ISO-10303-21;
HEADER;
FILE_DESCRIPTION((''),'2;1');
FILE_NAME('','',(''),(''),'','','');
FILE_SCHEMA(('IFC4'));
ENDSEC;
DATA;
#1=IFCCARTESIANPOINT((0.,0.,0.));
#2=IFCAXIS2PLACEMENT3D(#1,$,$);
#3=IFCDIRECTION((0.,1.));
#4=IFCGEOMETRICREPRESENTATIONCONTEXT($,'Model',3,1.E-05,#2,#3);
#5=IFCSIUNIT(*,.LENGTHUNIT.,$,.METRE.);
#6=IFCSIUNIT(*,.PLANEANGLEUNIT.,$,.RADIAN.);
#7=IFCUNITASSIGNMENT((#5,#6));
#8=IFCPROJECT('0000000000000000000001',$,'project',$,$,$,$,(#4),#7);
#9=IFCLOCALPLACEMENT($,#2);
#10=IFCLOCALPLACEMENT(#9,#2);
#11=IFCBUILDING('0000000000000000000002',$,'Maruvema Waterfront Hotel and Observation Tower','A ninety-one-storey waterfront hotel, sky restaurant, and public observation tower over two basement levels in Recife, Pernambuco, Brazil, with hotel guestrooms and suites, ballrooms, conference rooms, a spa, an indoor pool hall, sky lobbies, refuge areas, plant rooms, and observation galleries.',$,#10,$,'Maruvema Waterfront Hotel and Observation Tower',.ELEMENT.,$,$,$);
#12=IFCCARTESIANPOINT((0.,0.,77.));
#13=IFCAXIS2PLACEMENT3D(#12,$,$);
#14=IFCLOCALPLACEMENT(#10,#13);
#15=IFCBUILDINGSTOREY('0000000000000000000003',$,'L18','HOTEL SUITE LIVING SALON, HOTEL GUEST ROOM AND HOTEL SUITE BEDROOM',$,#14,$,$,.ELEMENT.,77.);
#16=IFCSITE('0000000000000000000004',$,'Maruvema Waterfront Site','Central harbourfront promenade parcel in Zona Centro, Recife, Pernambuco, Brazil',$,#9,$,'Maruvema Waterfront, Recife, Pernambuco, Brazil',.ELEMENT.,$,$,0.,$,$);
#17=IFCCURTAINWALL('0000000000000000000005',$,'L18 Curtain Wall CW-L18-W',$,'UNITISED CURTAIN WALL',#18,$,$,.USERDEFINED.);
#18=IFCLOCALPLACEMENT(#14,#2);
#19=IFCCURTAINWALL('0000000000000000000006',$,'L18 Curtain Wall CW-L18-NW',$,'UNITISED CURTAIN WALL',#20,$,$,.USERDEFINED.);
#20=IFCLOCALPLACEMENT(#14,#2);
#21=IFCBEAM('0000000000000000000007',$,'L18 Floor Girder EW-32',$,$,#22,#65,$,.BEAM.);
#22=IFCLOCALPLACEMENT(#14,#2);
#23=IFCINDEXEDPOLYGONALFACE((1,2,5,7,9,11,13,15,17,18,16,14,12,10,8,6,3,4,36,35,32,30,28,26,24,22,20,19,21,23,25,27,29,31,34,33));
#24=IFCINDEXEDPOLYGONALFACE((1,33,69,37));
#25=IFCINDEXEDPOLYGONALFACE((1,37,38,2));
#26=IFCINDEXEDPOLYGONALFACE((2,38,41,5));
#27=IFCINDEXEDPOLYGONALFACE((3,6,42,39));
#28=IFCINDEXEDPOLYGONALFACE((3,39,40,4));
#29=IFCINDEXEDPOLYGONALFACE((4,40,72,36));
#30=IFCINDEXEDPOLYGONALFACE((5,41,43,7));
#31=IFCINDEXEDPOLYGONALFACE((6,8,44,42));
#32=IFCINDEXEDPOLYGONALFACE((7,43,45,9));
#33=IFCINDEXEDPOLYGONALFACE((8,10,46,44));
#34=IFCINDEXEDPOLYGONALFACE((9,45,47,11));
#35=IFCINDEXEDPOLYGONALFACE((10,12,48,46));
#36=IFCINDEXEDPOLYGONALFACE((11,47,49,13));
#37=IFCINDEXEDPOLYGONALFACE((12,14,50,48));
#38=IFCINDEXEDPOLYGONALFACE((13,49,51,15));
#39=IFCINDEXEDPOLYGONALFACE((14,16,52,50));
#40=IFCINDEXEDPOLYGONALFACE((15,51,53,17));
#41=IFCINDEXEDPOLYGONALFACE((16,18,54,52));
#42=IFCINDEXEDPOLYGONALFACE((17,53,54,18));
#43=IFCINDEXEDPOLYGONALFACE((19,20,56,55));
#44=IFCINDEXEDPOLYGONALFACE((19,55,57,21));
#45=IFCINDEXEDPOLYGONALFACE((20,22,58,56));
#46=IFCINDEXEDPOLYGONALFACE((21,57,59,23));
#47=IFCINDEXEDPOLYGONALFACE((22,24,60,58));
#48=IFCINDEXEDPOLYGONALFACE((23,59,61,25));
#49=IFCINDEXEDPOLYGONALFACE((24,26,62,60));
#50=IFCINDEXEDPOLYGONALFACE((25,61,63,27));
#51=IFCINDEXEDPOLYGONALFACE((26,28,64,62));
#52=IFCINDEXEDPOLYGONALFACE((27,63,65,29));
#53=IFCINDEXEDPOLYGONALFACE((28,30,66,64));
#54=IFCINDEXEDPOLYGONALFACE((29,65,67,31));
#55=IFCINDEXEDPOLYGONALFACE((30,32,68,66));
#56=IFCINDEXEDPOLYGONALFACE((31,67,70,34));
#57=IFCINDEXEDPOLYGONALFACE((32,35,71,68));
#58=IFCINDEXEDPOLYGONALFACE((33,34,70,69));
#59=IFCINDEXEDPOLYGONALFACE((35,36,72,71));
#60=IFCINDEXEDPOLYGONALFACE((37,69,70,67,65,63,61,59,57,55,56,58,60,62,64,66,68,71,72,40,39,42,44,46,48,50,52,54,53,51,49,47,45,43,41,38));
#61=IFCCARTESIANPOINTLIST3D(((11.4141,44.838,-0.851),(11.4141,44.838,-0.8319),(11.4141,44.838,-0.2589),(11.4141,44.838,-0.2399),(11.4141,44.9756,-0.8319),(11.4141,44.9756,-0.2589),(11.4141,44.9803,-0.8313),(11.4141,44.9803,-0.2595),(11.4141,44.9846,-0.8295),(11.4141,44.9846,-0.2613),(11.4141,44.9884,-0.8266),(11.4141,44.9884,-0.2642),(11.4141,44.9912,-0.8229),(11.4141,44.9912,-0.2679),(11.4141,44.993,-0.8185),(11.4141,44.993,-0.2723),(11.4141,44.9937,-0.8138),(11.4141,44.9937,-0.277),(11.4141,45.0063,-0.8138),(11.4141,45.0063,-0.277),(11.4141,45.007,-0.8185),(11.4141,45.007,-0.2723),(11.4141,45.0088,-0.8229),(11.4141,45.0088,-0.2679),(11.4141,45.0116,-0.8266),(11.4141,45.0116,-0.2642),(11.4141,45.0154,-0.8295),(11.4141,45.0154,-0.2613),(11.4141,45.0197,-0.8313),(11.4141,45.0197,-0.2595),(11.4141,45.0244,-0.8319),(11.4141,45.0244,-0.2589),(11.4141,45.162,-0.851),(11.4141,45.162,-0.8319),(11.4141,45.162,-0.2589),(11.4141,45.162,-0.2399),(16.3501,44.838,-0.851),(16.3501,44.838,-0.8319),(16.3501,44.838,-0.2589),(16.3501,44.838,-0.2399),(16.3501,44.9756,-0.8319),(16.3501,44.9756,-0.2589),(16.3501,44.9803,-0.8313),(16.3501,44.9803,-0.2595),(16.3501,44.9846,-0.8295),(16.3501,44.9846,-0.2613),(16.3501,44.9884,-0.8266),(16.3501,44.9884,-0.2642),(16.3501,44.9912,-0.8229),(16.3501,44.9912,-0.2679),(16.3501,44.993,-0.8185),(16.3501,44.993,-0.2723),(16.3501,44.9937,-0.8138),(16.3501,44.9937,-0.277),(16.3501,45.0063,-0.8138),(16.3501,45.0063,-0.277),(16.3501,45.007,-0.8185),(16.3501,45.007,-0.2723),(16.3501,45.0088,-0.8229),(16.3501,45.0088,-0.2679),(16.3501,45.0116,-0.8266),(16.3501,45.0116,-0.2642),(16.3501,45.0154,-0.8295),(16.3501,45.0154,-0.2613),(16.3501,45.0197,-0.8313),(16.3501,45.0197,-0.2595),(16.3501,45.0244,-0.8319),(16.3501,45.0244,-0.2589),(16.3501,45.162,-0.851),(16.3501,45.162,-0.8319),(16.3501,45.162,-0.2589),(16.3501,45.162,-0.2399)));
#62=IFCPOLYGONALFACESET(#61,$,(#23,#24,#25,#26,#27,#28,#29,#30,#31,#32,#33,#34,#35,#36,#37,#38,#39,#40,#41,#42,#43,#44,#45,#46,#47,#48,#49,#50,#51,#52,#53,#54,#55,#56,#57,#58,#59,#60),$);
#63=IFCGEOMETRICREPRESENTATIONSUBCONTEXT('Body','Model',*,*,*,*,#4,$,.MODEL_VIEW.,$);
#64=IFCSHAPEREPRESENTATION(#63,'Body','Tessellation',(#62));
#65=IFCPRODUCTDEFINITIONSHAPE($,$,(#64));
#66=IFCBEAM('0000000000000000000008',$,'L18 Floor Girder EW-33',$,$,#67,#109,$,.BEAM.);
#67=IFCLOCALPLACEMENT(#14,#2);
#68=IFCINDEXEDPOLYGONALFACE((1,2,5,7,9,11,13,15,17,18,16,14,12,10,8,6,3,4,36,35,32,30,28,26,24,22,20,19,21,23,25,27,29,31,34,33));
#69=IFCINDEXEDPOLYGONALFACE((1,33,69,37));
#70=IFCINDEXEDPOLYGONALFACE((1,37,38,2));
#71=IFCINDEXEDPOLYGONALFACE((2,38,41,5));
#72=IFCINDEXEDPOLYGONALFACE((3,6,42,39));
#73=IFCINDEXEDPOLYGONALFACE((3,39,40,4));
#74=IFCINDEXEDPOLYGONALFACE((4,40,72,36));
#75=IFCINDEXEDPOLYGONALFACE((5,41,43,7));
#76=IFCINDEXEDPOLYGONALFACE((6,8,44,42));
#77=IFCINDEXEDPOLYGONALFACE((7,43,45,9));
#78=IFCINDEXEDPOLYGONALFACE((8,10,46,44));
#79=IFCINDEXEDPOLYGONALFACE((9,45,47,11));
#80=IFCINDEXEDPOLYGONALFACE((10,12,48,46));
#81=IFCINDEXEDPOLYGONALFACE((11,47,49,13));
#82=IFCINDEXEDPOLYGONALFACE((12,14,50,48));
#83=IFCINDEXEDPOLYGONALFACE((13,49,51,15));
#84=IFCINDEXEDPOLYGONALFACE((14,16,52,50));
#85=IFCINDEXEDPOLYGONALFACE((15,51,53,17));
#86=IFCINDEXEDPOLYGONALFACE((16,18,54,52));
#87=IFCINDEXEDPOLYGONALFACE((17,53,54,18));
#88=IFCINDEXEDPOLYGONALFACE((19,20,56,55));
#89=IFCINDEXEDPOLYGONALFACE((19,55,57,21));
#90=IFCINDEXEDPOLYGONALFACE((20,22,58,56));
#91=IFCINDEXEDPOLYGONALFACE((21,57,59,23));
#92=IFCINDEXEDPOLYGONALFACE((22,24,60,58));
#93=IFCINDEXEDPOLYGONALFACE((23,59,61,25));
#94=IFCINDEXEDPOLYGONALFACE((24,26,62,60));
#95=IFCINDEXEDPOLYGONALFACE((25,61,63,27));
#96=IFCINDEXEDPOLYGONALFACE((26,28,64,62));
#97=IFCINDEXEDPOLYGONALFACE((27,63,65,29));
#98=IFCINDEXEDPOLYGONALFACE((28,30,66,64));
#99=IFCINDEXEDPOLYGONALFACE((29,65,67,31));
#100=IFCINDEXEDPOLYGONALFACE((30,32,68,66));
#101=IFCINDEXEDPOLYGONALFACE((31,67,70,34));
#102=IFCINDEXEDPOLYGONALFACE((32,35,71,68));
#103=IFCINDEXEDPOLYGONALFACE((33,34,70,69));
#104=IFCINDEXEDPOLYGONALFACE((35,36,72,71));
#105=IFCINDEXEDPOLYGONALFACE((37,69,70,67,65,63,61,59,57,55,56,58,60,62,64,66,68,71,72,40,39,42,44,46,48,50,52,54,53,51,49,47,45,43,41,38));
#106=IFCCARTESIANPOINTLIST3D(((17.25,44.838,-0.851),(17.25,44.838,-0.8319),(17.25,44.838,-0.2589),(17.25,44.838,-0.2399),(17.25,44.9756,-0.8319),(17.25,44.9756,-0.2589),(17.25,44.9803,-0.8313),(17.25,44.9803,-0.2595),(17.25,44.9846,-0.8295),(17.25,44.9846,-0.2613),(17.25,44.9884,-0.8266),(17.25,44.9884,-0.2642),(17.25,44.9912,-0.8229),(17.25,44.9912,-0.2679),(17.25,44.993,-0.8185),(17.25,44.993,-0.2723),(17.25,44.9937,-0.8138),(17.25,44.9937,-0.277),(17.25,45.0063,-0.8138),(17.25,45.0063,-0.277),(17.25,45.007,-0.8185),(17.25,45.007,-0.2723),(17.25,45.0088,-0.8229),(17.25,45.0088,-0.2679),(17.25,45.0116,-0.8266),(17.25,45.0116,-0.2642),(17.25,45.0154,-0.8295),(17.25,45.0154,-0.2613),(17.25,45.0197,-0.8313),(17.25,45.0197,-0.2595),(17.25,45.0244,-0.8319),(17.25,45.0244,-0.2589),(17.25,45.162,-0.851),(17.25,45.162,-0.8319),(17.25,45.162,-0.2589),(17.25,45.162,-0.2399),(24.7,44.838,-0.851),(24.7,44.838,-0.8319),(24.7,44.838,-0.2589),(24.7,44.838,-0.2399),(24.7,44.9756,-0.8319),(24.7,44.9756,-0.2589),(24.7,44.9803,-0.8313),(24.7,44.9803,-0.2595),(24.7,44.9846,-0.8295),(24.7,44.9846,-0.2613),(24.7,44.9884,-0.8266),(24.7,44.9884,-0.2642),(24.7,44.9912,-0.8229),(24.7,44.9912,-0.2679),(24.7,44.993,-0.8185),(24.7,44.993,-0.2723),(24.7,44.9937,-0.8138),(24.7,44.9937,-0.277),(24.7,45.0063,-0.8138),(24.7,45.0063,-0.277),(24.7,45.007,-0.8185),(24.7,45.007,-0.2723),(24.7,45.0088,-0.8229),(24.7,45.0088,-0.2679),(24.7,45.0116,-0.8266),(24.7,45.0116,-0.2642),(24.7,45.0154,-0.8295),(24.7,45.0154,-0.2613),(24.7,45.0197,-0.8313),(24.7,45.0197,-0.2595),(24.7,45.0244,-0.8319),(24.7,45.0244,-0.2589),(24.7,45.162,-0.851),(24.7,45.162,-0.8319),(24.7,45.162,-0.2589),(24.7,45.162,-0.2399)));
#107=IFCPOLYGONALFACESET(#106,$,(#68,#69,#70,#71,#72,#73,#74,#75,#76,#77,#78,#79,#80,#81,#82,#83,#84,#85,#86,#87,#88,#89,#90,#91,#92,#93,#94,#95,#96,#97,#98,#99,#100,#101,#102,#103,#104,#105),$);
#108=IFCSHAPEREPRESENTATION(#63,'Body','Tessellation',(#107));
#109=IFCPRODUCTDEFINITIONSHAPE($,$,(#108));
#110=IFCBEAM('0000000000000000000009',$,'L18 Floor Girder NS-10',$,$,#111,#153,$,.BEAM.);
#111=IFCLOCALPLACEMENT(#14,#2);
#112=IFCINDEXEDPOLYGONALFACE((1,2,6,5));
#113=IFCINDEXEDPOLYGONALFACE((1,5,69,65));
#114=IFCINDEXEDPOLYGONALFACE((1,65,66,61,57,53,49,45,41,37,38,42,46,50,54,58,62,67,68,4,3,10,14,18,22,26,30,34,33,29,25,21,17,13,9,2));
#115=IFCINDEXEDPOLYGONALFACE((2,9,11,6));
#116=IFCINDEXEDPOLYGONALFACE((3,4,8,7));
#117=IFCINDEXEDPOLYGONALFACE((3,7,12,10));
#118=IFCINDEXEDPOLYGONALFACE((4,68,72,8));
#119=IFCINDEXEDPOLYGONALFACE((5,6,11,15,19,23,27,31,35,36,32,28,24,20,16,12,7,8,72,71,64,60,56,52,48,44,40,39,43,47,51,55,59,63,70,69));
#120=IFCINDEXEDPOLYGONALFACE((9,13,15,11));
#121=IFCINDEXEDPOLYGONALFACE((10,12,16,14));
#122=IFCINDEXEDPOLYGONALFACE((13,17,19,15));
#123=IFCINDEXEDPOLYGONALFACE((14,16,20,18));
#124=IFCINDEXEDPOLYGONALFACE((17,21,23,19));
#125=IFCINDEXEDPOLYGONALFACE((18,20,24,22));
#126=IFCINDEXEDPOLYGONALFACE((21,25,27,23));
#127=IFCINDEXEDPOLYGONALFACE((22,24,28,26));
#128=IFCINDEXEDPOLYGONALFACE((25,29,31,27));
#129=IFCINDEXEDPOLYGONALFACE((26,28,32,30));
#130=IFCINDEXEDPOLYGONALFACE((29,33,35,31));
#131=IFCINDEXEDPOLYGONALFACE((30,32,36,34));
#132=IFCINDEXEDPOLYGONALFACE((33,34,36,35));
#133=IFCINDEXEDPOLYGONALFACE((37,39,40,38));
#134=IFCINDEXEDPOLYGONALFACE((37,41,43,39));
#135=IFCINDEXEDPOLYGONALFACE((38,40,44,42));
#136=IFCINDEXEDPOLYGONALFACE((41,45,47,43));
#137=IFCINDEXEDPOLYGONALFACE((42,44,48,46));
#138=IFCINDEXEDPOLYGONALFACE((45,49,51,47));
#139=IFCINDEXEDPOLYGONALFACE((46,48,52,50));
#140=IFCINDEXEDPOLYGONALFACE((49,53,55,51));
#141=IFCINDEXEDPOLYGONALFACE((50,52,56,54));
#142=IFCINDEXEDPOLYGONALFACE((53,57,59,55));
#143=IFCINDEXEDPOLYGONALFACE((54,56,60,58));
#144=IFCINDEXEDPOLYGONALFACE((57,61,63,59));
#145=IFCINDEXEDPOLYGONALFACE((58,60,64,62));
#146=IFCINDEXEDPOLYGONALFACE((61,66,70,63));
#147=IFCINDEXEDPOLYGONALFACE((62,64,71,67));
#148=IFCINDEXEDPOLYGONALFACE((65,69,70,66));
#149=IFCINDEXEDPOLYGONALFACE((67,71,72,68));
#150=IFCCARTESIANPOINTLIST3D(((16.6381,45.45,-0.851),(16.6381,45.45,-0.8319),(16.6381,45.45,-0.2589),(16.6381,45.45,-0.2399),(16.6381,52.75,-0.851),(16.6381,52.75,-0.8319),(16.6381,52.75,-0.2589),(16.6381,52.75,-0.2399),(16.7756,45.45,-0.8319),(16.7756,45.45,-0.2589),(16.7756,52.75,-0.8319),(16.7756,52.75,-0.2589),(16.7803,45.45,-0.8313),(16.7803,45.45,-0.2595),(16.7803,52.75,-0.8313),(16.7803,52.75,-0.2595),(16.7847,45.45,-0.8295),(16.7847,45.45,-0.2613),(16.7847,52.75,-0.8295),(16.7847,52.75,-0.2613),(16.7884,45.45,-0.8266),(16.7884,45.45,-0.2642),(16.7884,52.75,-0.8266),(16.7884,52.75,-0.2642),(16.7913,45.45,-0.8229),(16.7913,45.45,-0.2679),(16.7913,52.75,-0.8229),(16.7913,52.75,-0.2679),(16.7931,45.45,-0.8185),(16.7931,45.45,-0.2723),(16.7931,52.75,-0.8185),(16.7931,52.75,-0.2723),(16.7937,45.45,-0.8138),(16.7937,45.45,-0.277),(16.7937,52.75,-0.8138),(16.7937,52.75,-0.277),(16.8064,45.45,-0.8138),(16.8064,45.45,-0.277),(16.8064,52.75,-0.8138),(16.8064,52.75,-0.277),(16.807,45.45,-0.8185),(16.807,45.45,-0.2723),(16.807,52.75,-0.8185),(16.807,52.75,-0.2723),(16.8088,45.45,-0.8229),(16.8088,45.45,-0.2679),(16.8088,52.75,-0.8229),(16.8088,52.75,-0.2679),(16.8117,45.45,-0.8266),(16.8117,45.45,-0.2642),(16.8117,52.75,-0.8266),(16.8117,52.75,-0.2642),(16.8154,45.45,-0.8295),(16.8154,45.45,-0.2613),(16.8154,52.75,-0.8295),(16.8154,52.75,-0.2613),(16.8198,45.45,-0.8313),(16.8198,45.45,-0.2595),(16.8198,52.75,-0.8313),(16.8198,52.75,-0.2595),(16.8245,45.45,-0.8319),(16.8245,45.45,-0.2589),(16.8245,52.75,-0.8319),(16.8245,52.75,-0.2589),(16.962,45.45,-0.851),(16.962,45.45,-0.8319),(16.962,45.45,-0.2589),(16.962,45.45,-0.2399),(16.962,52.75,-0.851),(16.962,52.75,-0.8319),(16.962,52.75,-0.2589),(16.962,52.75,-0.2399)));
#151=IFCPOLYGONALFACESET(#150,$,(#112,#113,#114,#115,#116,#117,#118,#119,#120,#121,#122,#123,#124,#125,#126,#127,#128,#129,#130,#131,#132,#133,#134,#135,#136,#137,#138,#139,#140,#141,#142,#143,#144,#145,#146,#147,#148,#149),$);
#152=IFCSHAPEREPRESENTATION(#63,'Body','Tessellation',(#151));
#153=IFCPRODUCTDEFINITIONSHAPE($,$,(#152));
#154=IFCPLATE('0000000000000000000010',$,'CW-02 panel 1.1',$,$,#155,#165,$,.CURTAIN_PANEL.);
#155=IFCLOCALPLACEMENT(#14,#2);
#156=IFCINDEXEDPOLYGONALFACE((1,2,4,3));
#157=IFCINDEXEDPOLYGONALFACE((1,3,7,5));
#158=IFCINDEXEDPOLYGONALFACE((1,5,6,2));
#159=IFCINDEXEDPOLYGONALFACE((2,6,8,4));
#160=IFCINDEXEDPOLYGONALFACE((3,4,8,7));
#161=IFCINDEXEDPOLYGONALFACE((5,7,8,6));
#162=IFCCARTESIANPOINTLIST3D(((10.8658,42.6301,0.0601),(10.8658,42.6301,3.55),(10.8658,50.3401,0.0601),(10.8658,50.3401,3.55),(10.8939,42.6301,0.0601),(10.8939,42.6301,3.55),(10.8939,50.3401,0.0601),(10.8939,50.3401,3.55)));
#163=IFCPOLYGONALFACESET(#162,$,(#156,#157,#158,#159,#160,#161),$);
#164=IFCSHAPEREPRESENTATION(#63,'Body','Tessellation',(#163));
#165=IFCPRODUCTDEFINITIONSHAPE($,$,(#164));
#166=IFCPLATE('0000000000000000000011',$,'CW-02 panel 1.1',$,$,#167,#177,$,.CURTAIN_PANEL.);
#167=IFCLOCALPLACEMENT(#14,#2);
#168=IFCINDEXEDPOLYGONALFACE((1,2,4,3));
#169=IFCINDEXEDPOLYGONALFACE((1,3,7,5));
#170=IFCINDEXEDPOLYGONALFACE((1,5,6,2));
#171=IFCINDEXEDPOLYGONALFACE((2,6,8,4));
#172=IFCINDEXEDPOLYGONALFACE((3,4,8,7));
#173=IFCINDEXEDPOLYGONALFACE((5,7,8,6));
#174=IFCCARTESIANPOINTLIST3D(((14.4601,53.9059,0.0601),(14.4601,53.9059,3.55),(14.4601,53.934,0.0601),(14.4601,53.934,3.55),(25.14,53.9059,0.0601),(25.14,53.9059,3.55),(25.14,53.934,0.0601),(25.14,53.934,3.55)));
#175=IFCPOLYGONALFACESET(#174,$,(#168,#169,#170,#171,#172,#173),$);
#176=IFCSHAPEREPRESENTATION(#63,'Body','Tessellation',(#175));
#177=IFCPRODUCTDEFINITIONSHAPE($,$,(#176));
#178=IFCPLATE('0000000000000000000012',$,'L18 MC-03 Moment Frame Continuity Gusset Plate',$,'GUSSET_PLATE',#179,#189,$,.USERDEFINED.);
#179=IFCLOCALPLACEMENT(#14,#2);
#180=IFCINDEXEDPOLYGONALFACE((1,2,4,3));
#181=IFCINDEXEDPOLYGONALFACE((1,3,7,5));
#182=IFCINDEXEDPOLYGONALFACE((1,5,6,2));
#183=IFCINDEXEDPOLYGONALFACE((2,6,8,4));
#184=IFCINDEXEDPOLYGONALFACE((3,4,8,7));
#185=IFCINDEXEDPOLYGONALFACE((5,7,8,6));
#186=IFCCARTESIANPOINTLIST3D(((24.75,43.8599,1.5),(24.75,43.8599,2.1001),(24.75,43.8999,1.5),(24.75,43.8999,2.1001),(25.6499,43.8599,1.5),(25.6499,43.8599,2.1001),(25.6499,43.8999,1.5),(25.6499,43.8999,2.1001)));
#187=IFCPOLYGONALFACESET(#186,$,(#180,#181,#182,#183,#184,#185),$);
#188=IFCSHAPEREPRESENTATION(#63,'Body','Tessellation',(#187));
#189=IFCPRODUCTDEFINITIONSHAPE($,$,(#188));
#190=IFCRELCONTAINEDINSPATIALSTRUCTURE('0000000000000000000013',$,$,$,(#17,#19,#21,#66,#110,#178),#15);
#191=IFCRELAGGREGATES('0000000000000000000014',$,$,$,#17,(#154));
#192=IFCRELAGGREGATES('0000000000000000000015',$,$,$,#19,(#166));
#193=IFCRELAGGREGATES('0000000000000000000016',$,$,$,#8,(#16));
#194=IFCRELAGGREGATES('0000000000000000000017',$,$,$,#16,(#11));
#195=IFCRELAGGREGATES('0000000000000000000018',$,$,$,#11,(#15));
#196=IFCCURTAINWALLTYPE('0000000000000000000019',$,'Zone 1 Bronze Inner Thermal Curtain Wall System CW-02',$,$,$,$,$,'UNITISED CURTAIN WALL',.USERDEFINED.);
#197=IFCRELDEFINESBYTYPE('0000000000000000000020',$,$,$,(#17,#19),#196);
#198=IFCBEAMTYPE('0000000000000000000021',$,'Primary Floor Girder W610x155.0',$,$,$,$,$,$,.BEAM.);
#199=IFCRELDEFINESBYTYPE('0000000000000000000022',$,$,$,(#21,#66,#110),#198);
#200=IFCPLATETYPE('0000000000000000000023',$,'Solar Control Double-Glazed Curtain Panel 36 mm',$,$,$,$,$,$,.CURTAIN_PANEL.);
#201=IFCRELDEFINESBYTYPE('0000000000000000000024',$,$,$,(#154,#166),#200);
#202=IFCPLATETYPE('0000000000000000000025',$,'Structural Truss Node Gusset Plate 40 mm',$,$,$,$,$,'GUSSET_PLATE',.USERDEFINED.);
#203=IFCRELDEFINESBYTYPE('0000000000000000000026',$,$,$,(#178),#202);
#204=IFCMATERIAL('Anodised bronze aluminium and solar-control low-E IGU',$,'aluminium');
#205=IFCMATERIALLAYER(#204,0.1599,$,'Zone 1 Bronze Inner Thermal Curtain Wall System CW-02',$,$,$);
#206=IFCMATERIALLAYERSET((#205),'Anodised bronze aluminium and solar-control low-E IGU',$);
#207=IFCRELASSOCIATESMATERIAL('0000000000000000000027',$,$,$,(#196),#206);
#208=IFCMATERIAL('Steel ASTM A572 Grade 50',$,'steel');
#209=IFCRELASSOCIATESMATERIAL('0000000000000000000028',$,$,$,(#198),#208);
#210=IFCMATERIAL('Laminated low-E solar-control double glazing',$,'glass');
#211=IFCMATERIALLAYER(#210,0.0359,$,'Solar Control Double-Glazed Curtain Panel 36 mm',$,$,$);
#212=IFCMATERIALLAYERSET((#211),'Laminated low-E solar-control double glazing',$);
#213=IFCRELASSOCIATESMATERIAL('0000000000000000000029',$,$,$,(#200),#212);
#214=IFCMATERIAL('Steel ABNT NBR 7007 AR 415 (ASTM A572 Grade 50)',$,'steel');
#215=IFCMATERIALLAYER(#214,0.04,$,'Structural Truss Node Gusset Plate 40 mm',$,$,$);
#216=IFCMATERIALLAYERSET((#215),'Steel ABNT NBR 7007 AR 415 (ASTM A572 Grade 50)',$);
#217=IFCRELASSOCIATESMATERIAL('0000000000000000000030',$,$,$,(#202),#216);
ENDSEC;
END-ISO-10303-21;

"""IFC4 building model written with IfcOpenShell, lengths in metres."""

from ifc_helpers import new_model, si_unit, direction, frame, origin, origin_2d, place, context, subcontext, project, spatial, rectangle, i_section, extrude, material, layer, layer_set, material_profile, profile_set, type_object, element, aggregate, save


model = new_model("IFC4")

# Units and contexts
model_context = context("Model", 3, precision=1e-05, world=origin(), true_north=direction((0.0, 1.0)))
body_context = subcontext(model_context, "Body", "Model", "MODEL_VIEW")
ifc_project = project(units=[si_unit("LENGTHUNIT", "METRE"), si_unit("PLANEANGLEUNIT", "RADIAN")], contexts=[model_context])

# Site, building, storey
site_placement = place(None, origin())
site = spatial("IfcSite", under=ifc_project, at=site_placement, Name="Maruvema Waterfront Site", Description="Central harbourfront promenade parcel in Zona Centro, Recife, Pernambuco, Brazil", LongName="Maruvema Waterfront, Recife, Pernambuco, Brazil", CompositionType="ELEMENT", RefElevation=0.0)
building_placement = place(site_placement, origin())
building = spatial("IfcBuilding", under=site, at=building_placement, Name="Maruvema Waterfront Hotel and Observation Tower", Description="A ninety-one-storey waterfront hotel, sky restaurant, and public observation tower over two basement levels in Recife, Pernambuco, Brazil, with hotel guestrooms and suites, ballrooms, conference rooms, a spa, an indoor pool hall, sky lobbies, refuge areas, plant rooms, and observation galleries.", LongName="Maruvema Waterfront Hotel and Observation Tower", CompositionType="ELEMENT")
storey_placement = place(building_placement, frame((0.0, 0.0, 77.0)))
storey = spatial("IfcBuildingStorey", under=building, at=storey_placement, Name="L18", Description="HOTEL SUITE LIVING SALON, HOTEL GUEST ROOM AND HOTEL SUITE BEDROOM", CompositionType="ELEMENT", Elevation=77.0)

# Curtain walls
ifc_material_1 = material(Name="Anodised bronze aluminium and solar-control low-E IGU", Category="aluminium")
ifc_layer_1 = layer(ifc_material_1, 0.1599, Name="Zone 1 Bronze Inner Thermal Curtain Wall System CW-02")
ifc_layer_set_1 = layer_set([ifc_layer_1], Name="Anodised bronze aluminium and solar-control low-E IGU")
curtain_wall_type = type_object("IfcCurtainWallType", Name="Zone 1 Bronze Inner Thermal Curtain Wall System CW-02", ElementType="UNITISED CURTAIN WALL", PredefinedType="USERDEFINED", material=ifc_layer_set_1)
curtain_wall_1_placement = place(storey_placement, origin())
curtain_wall_1 = element("IfcCurtainWall", 1, at=curtain_wall_1_placement, inside=storey, type_object=curtain_wall_type, Name="L18 Curtain Wall CW-L18-W", ObjectType="UNITISED CURTAIN WALL", PredefinedType="USERDEFINED")
curtain_wall_2_placement = place(storey_placement, origin())
curtain_wall_2 = element("IfcCurtainWall", 2, at=curtain_wall_2_placement, inside=storey, type_object=curtain_wall_type, Name="L18 Curtain Wall CW-L18-NW", ObjectType="UNITISED CURTAIN WALL", PredefinedType="USERDEFINED")

# Beams
ifc_material_2 = material(Name="Steel ASTM A572 Grade 50", Category="steel")
ifc_material_profile_1 = material_profile(ifc_material_2, i_section(OverallWidth=0.324, OverallDepth=0.6111, WebThickness=0.0127, FlangeThickness=0.019, FilletRadius=0.0181, at=origin_2d()), Name="W610x155.0")
ifc_profile_set_1 = profile_set([ifc_material_profile_1], Name="Steel ASTM A572 Grade 50")
beam_type = type_object("IfcBeamType", Name="Primary Floor Girder W610x155.0", PredefinedType="BEAM", material=ifc_profile_set_1)
beam_1_placement = place(storey_placement, frame((11.4141, 45.0, -0.5454), z_axis=(1.0, 0.0, 0.0), x_axis=(0.0, 1.0, 0.0)))
element("IfcBeam", 3, at=beam_1_placement, inside=storey, type_object=beam_type, Name="L18 Floor Girder EW-32", PredefinedType="BEAM", context=body_context, shape_type="SweptSolid", body=[
    extrude(i_section(OverallWidth=0.324, OverallDepth=0.6111, WebThickness=0.0127, FlangeThickness=0.019, FilletRadius=0.0181, at=origin_2d()), origin(), (0.0, 0.0, 1.0), 4.936),
])
beam_2_placement = place(storey_placement, frame((17.25, 45.0, -0.5454), z_axis=(1.0, 0.0, 0.0), x_axis=(0.0, 1.0, 0.0)))
element("IfcBeam", 4, at=beam_2_placement, inside=storey, type_object=beam_type, Name="L18 Floor Girder EW-33", PredefinedType="BEAM", context=body_context, shape_type="SweptSolid", body=[
    extrude(i_section(OverallWidth=0.324, OverallDepth=0.6111, WebThickness=0.0127, FlangeThickness=0.019, FilletRadius=0.0181, at=origin_2d()), origin(), (0.0, 0.0, 1.0), 7.45),
])
beam_3_placement = place(storey_placement, frame((16.8, 45.45, -0.5454), z_axis=(0.0, 1.0, 0.0), x_axis=(-1.0, 0.0, 0.0)))
element("IfcBeam", 5, at=beam_3_placement, inside=storey, type_object=beam_type, Name="L18 Floor Girder NS-10", PredefinedType="BEAM", context=body_context, shape_type="SweptSolid", body=[
    extrude(i_section(OverallWidth=0.324, OverallDepth=0.6111, WebThickness=0.0127, FlangeThickness=0.019, FilletRadius=0.0181, at=origin_2d()), origin(), (0.0, 0.0, 1.0), 7.3),
])

# Plates
ifc_material_3 = material(Name="Laminated low-E solar-control double glazing", Category="glass")
ifc_layer_2 = layer(ifc_material_3, 0.0359, Name="Solar Control Double-Glazed Curtain Panel 36 mm")
ifc_layer_set_2 = layer_set([ifc_layer_2], Name="Laminated low-E solar-control double glazing")
plate_type_1 = type_object("IfcPlateType", Name="Solar Control Double-Glazed Curtain Panel 36 mm", PredefinedType="CURTAIN_PANEL", material=ifc_layer_set_2)
plate_1_placement = place(storey_placement, frame((10.8799, 46.4851, 0.0601), z_axis=(0.0, 0.0, 1.0), x_axis=(0.0, -1.0, 0.0)))
plate_1 = element("IfcPlate", 6, at=plate_1_placement, type_object=plate_type_1, Name="CW-02 panel 1.1", PredefinedType="CURTAIN_PANEL", context=body_context, shape_type="SweptSolid", body=[
    extrude(rectangle(XDim=7.71, YDim=0.0281, at=origin_2d()), origin(), (0.0, 0.0, 1.0), 3.49),
])
aggregate(curtain_wall_1, [plate_1])
plate_2_placement = place(storey_placement, frame((19.8, 53.9199, 0.0601), z_axis=(0.0, 0.0, 1.0), x_axis=(-1.0, 0.0, 0.0)))
plate_2 = element("IfcPlate", 7, at=plate_2_placement, type_object=plate_type_1, Name="CW-02 panel 1.1", PredefinedType="CURTAIN_PANEL", context=body_context, shape_type="SweptSolid", body=[
    extrude(rectangle(XDim=10.6799, YDim=0.0281, at=origin_2d()), origin(), (0.0, 0.0, 1.0), 3.49),
])
aggregate(curtain_wall_2, [plate_2])
ifc_material_4 = material(Name="Steel ABNT NBR 7007 AR 415 (ASTM A572 Grade 50)", Category="steel")
ifc_layer_3 = layer(ifc_material_4, 0.04, Name="Structural Truss Node Gusset Plate 40 mm")
ifc_layer_set_3 = layer_set([ifc_layer_3], Name="Steel ABNT NBR 7007 AR 415 (ASTM A572 Grade 50)")
plate_type_2 = type_object("IfcPlateType", Name="Structural Truss Node Gusset Plate 40 mm", ElementType="GUSSET_PLATE", PredefinedType="USERDEFINED", material=ifc_layer_set_3)
plate_3_placement = place(storey_placement, frame((25.2, 43.8799, 1.5), z_axis=(0.0, 0.0, 1.0), x_axis=(1.0, 0.0, 0.0)))
element("IfcPlate", 8, at=plate_3_placement, inside=storey, type_object=plate_type_2, Name="L18 MC-03 Moment Frame Continuity Gusset Plate", ObjectType="GUSSET_PLATE", PredefinedType="USERDEFINED", context=body_context, shape_type="SweptSolid", body=[
    extrude(rectangle(XDim=0.8999, YDim=0.04, at=origin_2d()), origin(), (0.0, 0.0, 1.0), 0.6001),
])

save(model, "model.ifc")
